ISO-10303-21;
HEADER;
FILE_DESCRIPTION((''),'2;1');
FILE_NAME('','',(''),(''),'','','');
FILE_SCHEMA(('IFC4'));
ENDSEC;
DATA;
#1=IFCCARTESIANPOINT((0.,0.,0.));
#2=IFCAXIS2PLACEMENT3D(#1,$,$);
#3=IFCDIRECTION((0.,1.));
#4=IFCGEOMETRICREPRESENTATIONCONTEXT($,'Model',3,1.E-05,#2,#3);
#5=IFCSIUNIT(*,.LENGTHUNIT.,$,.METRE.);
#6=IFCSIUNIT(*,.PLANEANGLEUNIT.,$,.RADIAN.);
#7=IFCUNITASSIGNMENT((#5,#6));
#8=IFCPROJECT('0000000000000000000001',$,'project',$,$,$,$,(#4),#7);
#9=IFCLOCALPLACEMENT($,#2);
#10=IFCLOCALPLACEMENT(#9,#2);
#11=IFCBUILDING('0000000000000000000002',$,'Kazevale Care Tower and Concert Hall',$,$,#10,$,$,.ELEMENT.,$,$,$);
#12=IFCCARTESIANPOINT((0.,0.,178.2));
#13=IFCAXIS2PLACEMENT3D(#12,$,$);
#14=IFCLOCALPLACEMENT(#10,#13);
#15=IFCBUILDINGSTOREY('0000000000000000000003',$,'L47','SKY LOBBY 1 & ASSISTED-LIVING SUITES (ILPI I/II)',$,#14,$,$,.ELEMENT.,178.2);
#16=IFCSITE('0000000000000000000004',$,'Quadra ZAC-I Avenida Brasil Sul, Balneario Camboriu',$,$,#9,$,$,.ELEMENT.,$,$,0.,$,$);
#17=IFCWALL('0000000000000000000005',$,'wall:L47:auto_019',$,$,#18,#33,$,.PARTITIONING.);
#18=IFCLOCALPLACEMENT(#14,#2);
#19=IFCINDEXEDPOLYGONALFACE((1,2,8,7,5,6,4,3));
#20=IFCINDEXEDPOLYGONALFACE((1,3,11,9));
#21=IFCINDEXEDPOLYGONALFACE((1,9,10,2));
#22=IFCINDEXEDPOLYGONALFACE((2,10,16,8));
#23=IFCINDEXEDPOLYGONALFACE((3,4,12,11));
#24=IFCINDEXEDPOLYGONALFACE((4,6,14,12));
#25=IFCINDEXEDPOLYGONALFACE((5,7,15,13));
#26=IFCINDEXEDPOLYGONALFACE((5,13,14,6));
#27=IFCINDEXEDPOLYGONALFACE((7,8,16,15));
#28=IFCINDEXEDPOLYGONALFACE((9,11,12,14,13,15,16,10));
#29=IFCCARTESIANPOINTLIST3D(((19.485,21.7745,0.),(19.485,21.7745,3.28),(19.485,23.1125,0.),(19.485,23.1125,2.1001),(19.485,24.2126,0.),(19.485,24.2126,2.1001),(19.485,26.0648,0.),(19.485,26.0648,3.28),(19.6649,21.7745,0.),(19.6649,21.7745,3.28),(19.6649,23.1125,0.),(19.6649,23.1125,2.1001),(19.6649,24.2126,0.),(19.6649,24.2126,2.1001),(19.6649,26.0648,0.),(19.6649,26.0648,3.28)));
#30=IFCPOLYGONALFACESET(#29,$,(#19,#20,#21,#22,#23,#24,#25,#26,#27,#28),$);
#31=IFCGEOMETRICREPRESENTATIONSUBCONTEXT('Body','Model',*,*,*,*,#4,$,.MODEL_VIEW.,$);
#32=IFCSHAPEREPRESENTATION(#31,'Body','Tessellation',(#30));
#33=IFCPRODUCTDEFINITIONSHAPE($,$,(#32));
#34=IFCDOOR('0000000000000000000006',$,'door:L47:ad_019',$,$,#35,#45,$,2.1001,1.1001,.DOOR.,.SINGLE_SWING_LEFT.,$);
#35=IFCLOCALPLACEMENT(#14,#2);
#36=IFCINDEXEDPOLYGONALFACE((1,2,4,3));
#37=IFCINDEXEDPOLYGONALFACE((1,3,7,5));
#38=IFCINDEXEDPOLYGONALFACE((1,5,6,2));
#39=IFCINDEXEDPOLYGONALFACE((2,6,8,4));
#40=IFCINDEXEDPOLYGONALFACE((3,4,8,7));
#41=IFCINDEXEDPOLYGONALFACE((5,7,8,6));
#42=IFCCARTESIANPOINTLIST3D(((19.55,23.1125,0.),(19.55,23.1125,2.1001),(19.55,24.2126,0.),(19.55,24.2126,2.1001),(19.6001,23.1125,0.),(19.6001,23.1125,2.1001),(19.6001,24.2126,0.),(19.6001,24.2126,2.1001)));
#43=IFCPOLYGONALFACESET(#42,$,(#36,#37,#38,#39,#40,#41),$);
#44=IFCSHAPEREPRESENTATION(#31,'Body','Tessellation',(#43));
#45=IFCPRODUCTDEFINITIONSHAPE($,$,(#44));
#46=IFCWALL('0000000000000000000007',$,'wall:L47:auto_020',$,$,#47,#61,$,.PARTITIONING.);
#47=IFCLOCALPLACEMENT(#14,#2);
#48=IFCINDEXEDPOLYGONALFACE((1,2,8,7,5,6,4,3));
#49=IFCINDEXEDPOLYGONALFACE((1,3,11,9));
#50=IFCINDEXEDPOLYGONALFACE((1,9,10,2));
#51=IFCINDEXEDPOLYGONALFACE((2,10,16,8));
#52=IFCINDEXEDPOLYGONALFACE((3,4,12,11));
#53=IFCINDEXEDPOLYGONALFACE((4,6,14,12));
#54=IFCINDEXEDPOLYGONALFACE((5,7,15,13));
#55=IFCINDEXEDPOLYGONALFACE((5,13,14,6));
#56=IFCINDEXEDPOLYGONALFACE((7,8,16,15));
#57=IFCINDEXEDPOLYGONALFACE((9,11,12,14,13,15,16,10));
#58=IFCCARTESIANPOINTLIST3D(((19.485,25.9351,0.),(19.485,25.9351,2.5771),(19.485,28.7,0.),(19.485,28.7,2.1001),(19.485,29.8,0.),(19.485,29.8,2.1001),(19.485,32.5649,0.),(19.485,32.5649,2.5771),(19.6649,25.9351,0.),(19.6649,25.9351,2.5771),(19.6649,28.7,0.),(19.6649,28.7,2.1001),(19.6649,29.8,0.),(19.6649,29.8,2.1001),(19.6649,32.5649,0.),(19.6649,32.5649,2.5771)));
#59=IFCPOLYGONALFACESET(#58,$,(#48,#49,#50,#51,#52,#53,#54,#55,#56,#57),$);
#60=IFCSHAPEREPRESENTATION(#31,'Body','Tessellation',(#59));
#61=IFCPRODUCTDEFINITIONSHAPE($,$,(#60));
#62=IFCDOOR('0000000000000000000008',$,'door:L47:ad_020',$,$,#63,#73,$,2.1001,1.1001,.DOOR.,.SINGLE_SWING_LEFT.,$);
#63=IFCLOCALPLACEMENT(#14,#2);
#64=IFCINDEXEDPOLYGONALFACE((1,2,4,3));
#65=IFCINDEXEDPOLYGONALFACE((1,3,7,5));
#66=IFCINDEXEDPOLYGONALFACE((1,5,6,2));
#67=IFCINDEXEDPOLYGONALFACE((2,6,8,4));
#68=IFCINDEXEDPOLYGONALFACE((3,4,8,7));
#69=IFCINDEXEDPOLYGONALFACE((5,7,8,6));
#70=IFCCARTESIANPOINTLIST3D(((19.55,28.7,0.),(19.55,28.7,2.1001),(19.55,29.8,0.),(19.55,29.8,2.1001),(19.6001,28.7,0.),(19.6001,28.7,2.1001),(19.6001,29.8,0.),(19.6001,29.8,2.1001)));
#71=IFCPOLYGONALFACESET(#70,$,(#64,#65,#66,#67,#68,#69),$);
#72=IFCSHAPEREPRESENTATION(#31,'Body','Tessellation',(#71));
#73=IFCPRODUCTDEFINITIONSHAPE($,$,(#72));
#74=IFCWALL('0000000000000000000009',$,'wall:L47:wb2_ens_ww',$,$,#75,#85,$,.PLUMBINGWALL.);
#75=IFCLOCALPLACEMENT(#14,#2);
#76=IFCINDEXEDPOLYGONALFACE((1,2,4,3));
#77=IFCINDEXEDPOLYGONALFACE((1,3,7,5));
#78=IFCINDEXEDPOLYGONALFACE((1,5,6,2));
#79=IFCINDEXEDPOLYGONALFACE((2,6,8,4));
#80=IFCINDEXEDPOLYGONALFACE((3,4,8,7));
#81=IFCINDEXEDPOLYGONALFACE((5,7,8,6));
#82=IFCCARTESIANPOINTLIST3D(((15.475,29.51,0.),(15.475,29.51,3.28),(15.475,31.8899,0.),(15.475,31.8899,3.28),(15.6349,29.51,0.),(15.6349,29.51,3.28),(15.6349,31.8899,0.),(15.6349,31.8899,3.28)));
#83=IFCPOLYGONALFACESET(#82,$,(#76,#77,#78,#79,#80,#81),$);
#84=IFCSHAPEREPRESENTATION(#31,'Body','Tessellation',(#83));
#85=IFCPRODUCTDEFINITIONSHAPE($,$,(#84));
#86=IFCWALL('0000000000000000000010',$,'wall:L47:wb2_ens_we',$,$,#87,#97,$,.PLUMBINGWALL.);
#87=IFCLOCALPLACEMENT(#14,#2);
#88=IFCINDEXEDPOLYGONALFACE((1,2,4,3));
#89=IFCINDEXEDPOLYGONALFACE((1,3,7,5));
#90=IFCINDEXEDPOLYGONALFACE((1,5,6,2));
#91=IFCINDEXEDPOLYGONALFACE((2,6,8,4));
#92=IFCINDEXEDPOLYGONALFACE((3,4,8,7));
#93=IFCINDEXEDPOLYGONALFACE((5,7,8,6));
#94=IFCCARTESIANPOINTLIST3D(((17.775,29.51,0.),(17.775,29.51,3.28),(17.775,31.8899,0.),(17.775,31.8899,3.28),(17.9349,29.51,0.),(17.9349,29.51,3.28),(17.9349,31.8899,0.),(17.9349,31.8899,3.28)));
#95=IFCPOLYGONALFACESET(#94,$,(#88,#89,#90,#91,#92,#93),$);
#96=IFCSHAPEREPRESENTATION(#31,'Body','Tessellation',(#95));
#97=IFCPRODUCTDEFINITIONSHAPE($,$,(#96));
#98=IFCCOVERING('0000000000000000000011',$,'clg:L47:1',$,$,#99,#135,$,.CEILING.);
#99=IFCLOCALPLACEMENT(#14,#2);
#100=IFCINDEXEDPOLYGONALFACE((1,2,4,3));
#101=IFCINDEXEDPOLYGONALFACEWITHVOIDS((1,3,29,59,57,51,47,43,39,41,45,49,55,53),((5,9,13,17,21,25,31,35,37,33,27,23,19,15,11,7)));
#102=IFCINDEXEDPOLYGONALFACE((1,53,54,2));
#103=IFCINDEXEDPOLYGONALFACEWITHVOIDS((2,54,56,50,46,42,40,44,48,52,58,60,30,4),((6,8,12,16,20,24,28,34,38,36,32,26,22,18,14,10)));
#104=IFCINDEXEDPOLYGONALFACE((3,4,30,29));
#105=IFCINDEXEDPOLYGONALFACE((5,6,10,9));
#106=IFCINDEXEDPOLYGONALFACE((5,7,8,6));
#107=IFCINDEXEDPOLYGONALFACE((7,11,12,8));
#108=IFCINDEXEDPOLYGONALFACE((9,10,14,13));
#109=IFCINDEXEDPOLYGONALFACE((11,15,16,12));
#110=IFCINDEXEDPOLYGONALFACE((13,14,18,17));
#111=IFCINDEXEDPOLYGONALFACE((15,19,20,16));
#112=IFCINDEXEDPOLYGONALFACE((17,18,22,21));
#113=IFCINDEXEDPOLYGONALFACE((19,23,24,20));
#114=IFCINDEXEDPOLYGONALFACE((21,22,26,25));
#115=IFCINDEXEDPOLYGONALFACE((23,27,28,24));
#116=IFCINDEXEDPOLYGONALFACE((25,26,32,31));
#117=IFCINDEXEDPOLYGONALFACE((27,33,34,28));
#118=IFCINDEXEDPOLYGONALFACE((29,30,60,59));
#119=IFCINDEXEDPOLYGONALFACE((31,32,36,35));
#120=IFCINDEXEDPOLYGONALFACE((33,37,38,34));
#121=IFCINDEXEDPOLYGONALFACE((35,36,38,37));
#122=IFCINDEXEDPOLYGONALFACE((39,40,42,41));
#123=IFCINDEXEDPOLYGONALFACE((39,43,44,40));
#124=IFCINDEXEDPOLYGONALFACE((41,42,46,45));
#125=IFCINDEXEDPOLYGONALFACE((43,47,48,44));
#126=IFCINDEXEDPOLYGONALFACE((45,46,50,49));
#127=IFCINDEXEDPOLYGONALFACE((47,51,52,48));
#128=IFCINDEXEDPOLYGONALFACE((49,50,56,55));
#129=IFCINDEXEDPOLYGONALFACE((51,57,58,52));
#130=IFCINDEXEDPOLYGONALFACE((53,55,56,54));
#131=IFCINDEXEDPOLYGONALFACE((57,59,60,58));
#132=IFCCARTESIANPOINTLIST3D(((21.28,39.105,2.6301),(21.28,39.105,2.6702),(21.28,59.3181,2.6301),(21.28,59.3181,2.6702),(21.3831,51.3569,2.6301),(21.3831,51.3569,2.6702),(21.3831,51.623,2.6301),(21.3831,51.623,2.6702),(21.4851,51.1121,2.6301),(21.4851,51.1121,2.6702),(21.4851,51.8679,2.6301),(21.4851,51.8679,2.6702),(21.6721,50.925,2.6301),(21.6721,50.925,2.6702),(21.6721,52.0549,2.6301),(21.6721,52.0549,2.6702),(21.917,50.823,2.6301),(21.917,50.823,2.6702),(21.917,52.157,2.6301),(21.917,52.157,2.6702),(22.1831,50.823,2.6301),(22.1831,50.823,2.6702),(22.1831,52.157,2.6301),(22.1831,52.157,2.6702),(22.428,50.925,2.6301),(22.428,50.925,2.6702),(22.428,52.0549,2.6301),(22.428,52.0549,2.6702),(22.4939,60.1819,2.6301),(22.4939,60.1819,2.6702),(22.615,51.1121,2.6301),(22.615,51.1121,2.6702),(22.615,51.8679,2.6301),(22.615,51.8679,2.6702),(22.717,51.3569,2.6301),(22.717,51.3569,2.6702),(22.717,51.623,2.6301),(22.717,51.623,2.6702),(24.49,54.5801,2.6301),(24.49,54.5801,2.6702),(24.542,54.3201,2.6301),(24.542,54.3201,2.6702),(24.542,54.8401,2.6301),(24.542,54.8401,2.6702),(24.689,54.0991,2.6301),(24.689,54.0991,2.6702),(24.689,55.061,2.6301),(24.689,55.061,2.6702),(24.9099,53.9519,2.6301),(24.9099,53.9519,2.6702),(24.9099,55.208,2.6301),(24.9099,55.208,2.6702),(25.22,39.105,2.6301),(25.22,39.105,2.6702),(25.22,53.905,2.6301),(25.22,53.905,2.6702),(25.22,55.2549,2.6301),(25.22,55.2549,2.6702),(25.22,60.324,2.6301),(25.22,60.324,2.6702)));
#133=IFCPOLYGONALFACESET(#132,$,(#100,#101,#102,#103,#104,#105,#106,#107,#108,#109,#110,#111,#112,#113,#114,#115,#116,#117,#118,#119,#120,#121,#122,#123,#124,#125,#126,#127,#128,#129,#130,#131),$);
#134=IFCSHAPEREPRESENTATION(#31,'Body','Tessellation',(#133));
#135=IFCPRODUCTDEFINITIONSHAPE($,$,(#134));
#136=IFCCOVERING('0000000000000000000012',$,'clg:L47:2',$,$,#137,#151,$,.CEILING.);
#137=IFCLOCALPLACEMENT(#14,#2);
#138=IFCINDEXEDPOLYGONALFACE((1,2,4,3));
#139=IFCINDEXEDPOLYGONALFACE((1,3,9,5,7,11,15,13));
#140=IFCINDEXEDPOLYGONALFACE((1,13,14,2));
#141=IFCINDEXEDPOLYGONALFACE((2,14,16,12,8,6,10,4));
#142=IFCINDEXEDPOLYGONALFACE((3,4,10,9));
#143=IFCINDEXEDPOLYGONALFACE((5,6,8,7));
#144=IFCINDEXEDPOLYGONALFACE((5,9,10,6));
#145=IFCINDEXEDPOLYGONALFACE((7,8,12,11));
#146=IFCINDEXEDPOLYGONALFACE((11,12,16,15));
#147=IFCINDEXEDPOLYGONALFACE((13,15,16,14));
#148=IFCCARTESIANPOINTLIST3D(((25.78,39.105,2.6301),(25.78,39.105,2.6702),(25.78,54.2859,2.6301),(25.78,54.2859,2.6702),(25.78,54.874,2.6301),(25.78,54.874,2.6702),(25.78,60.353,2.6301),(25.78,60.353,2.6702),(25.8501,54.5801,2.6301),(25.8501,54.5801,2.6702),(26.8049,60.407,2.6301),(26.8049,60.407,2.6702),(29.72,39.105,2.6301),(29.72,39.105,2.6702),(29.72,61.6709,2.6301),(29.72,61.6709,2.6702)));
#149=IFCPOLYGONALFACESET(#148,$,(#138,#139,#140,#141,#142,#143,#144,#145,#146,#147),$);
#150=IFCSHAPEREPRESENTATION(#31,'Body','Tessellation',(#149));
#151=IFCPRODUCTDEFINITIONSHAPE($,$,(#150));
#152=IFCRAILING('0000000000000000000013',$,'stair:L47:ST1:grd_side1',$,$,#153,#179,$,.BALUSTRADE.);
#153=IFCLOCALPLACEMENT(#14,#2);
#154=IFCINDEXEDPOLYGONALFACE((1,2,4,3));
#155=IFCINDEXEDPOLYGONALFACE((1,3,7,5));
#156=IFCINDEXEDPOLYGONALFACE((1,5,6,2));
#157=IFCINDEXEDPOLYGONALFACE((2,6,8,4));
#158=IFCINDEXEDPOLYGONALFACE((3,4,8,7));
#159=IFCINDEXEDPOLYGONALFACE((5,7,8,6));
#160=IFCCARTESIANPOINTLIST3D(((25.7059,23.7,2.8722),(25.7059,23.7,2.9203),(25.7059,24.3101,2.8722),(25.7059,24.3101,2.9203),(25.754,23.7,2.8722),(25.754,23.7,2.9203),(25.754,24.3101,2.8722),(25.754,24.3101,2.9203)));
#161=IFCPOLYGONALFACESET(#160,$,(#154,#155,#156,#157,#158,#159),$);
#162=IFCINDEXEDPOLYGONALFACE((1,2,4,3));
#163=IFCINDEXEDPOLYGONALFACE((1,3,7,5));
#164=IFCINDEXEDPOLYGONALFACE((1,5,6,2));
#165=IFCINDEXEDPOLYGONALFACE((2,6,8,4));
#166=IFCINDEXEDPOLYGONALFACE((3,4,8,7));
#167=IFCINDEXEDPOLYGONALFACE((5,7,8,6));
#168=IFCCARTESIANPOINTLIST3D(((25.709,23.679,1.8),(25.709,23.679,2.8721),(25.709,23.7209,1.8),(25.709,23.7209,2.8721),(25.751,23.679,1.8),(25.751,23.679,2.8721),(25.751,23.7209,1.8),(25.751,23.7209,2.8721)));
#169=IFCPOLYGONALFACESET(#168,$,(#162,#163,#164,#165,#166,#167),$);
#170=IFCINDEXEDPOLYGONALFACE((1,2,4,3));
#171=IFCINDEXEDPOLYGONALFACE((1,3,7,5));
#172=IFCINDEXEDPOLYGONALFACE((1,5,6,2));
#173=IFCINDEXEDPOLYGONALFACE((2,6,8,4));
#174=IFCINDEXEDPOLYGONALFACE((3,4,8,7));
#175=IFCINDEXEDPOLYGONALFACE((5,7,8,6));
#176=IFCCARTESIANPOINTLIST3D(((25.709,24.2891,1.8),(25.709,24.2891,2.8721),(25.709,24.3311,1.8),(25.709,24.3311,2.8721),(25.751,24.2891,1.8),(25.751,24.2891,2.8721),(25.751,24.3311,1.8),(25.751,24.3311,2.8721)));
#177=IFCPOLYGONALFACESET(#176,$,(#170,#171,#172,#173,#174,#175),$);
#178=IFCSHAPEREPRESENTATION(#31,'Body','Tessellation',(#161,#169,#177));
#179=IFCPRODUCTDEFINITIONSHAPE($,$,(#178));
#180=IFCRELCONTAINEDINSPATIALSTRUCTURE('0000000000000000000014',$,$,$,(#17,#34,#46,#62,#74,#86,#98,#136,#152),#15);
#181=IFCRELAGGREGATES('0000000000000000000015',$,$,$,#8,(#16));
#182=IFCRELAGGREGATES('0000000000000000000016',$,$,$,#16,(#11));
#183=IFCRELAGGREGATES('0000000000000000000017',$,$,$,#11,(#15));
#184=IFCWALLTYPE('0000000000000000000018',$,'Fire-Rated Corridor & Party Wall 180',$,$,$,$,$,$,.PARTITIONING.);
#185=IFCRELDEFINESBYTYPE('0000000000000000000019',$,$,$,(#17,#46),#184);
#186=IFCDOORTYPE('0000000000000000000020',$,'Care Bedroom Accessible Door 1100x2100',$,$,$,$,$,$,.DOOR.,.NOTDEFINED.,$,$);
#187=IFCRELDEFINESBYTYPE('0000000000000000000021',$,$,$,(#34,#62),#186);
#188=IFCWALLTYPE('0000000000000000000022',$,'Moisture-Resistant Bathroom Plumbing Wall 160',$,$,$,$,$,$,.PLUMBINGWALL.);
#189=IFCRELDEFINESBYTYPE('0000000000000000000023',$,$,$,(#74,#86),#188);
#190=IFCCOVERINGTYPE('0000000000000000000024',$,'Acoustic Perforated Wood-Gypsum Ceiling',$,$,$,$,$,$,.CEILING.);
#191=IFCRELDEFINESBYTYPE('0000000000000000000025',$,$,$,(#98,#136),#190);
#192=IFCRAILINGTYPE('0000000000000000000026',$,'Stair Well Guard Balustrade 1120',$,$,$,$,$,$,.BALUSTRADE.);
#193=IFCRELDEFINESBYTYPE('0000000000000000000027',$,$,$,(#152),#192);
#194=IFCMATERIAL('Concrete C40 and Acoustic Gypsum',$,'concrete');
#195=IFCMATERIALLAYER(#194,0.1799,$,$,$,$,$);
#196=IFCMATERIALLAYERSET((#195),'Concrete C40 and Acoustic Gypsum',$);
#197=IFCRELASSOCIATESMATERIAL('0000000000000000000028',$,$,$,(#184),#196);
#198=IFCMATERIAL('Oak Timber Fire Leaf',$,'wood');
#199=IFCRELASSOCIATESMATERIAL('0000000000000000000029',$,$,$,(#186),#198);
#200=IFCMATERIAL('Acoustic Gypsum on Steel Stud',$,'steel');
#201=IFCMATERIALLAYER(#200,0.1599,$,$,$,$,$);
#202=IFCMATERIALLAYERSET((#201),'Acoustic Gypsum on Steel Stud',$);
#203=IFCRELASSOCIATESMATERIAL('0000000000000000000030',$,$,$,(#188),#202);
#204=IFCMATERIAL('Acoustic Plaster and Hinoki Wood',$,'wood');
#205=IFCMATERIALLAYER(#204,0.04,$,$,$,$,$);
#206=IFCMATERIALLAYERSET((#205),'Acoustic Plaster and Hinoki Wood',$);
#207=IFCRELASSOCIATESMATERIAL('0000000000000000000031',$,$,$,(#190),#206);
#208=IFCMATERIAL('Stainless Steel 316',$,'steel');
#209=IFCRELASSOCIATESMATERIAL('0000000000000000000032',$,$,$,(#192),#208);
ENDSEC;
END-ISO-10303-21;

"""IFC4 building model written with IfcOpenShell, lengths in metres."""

from ifc_helpers import new_model, si_unit, direction, frame, frame_2d, origin, origin_2d, place, context, subcontext, project, spatial, polyline, rectangle, outline, extrude, material, layer, layer_set, type_object, element, fill, save


model = new_model("IFC4")

# Units and contexts
model_context = context("Model", 3, precision=1e-05, world=origin(), true_north=direction((0.0, 1.0)))
body_context = subcontext(model_context, "Body", "Model", "MODEL_VIEW")
ifc_project = project(units=[si_unit("LENGTHUNIT", "METRE"), si_unit("PLANEANGLEUNIT", "RADIAN")], contexts=[model_context])

# Site, building, storey
site_placement = place(None, origin())
site = spatial("IfcSite", under=ifc_project, at=site_placement, Name="Quadra ZAC-I Avenida Brasil Sul, Balneario Camboriu", CompositionType="ELEMENT", RefElevation=0.0)
building_placement = place(site_placement, origin())
building = spatial("IfcBuilding", under=site, at=building_placement, Name="Kazevale Care Tower and Concert Hall", CompositionType="ELEMENT")
storey_placement = place(building_placement, frame((0.0, 0.0, 178.2)))
storey = spatial("IfcBuildingStorey", under=building, at=storey_placement, Name="L47", Description="SKY LOBBY 1 & ASSISTED-LIVING SUITES (ILPI I/II)", CompositionType="ELEMENT", Elevation=178.2)

# Shared definitions
ifc_material_1 = material(Name="Acoustic Gypsum on Steel Stud", Category="steel")

# Walls, openings, doors
ifc_material_2 = material(Name="Concrete C40 and Acoustic Gypsum", Category="concrete")
ifc_layer_1 = layer(ifc_material_2, 0.1799)
ifc_layer_set_1 = layer_set([ifc_layer_1], Name="Concrete C40 and Acoustic Gypsum")
wall_type_1 = type_object("IfcWallType", Name="Fire-Rated Corridor & Party Wall 180", PredefinedType="PARTITIONING", material=ifc_layer_set_1)
wall_1_placement = place(storey_placement, frame((19.575, 21.7747, 0.0), z_axis=(0.0, 0.0, 1.0), x_axis=(0.0, 1.0, 0.0)))
wall_1 = element("IfcWall", 1, at=wall_1_placement, inside=storey, type_object=wall_type_1, Name="wall:L47:auto_019", PredefinedType="PARTITIONING", context=body_context, shape_type="SweptSolid", body=[
    extrude(rectangle(XDim=4.2903, YDim=0.1799, at=frame_2d((2.145, 0.0))), origin(), (0.0, 0.0, 1.0), 3.28),
])
opening_1_placement = place(wall_1_placement, frame((1.3379, 0.0, 0.0)))
opening_1 = element("IfcOpeningElement", 2, at=opening_1_placement, cuts=wall_1, PredefinedType="OPENING", context=body_context, shape_type="SweptSolid", body=[
    extrude(rectangle(XDim=1.1001, YDim=2.1001, at=frame_2d((0.55, 1.05))), frame((0.0, 0.0999, 0.0), z_axis=(0.0, -1.0, 0.0), x_axis=(1.0, 0.0, 0.0)), (0.0, 0.0, 1.0), 0.2),
])
ifc_material_3 = material(Name="Oak Timber Fire Leaf", Category="wood")
door_type = type_object("IfcDoorType", Name="Care Bedroom Accessible Door 1100x2100", OperationType="NOTDEFINED", PredefinedType="DOOR", material=ifc_material_3)
door_1_placement = place(opening_1_placement, origin())
door_1 = element("IfcDoor", 3, at=door_1_placement, inside=storey, type_object=door_type, Name="door:L47:ad_019", OperationType="SINGLE_SWING_LEFT", OverallHeight=2.1001, OverallWidth=1.1001, PredefinedType="DOOR", context=body_context, shape_type="SweptSolid", body=[
    extrude(rectangle(XDim=1.1001, YDim=2.1001, at=frame_2d((0.55, 1.05))), frame((0.0, 0.0249, 0.0), z_axis=(0.0, -1.0, 0.0), x_axis=(1.0, 0.0, 0.0)), (0.0, 0.0, 1.0), 0.05),
])
fill(opening_1, door_1)
wall_2_placement = place(storey_placement, frame((19.575, 25.9351, 0.0), z_axis=(0.0, 0.0, 1.0), x_axis=(0.0, 1.0, 0.0)))
wall_2 = element("IfcWall", 4, at=wall_2_placement, inside=storey, type_object=wall_type_1, Name="wall:L47:auto_020", PredefinedType="PARTITIONING", context=body_context, shape_type="SweptSolid", body=[
    extrude(rectangle(XDim=6.6299, YDim=0.1799, at=frame_2d((3.3149, 0.0))), origin(), (0.0, 0.0, 1.0), 2.5771),
])
opening_2_placement = place(wall_2_placement, frame((2.7649, 0.0, 0.0)))
opening_2 = element("IfcOpeningElement", 5, at=opening_2_placement, cuts=wall_2, PredefinedType="OPENING", context=body_context, shape_type="SweptSolid", body=[
    extrude(rectangle(XDim=1.1001, YDim=2.1001, at=frame_2d((0.55, 1.05))), frame((0.0, 0.0999, 0.0), z_axis=(0.0, -1.0, 0.0), x_axis=(1.0, 0.0, 0.0)), (0.0, 0.0, 1.0), 0.2),
])
door_2_placement = place(opening_2_placement, origin())
door_2 = element("IfcDoor", 6, at=door_2_placement, inside=storey, type_object=door_type, Name="door:L47:ad_020", OperationType="SINGLE_SWING_LEFT", OverallHeight=2.1001, OverallWidth=1.1001, PredefinedType="DOOR", context=body_context, shape_type="SweptSolid", body=[
    extrude(rectangle(XDim=1.1001, YDim=2.1001, at=frame_2d((0.55, 1.05))), frame((0.0, 0.0249, 0.0), z_axis=(0.0, -1.0, 0.0), x_axis=(1.0, 0.0, 0.0)), (0.0, 0.0, 1.0), 0.05),
])
fill(opening_2, door_2)

# Walls
ifc_layer_2 = layer(ifc_material_1, 0.1599)
ifc_layer_set_2 = layer_set([ifc_layer_2], Name="Acoustic Gypsum on Steel Stud")
wall_type_2 = type_object("IfcWallType", Name="Moisture-Resistant Bathroom Plumbing Wall 160", PredefinedType="PLUMBINGWALL", material=ifc_layer_set_2)
for number, where, z_axis, x_axis, name in (
    (7, (15.5549, 29.51, 0.0), (0.0, 0.0, 1.0), (0.0, 1.0, 0.0), "wall:L47:wb2_ens_ww"),
    (8, (17.855, 29.51, 0.0), (0.0, 0.0, 1.0), (0.0, 1.0, 0.0), "wall:L47:wb2_ens_we"),
):
    element("IfcWall", number, at=place(storey_placement, frame(where, z_axis=z_axis, x_axis=x_axis)), inside=storey, type_object=wall_type_2, Name=name, PredefinedType="PLUMBINGWALL", context=body_context, shape_type="SweptSolid", body=[
        extrude(rectangle(XDim=2.3799, YDim=0.1599, at=frame_2d((1.1899, 0.0))), origin(), (0.0, 0.0, 1.0), 3.28),
    ])

# Coverings
ifc_material_4 = material(Name="Acoustic Plaster and Hinoki Wood", Category="wood")
ifc_layer_3 = layer(ifc_material_4, 0.04)
ifc_layer_set_3 = layer_set([ifc_layer_3], Name="Acoustic Plaster and Hinoki Wood")
covering_type = type_object("IfcCoveringType", Name="Acoustic Perforated Wood-Gypsum Ceiling", PredefinedType="CEILING", material=ifc_layer_set_3)
covering_1_placement = place(storey_placement, frame((0.0, 0.0, 2.6301)))
element("IfcCovering", 9, at=covering_1_placement, inside=storey, type_object=covering_type, Name="clg:L47:1", PredefinedType="CEILING", context=body_context, shape_type="SweptSolid", body=[
    extrude(outline(polyline([(25.22, 55.2549), (24.9099, 55.208), (24.689, 55.061), (24.542, 54.8401), (24.49, 54.5801), (24.542, 54.3201), (24.689, 54.0991), (24.9099, 53.9519), (25.22, 53.905), (25.22, 39.105), (21.28, 39.105), (21.28, 59.3181), (22.4939, 60.1819), (25.22, 60.324), (25.22, 55.2549)]), holes=[polyline([(22.717, 51.623), (22.615, 51.8679), (22.428, 52.0549), (22.1831, 52.157), (21.917, 52.157), (21.6721, 52.0549), (21.4851, 51.8679), (21.3831, 51.623), (21.3831, 51.3569), (21.4851, 51.1121), (21.6721, 50.925), (21.917, 50.823), (22.1831, 50.823), (22.428, 50.925), (22.615, 51.1121), (22.717, 51.3569), (22.717, 51.623)])]), origin(), (0.0, 0.0, 1.0), 0.04),
])
covering_2_placement = place(storey_placement, frame((0.0, 0.0, 2.6301)))
element("IfcCovering", 10, at=covering_2_placement, inside=storey, type_object=covering_type, Name="clg:L47:2", PredefinedType="CEILING", context=body_context, shape_type="SweptSolid", body=[
    extrude(outline(polyline([(25.78, 39.105), (25.78, 54.2859), (25.8501, 54.5801), (25.78, 54.874), (25.78, 60.353), (26.8049, 60.407), (29.72, 61.6709), (29.72, 39.105), (25.78, 39.105)])), origin(), (0.0, 0.0, 1.0), 0.04),
])

# Railing
ifc_material_5 = material(Name="Stainless Steel 316", Category="steel")
railing_type = type_object("IfcRailingType", Name="Stair Well Guard Balustrade 1120", PredefinedType="BALUSTRADE", material=ifc_material_5)
railing_placement = place(storey_placement, frame((25.73, 23.7, 1.8)))
element("IfcRailing", 11, at=railing_placement, inside=storey, type_object=railing_type, Name="stair:L47:ST1:grd_side1", PredefinedType="BALUSTRADE", context=body_context, shape_type="SweptSolid", body=[
    extrude(rectangle(XDim=0.0481, YDim=0.0481, at=origin_2d()), frame((0.0, 0.0, 1.0962), z_axis=(0.0, 1.0, 0.0), x_axis=(-1.0, 0.0, 0.0)), (0.0, 0.0, 1.0), 0.6101),
    extrude(rectangle(XDim=0.042, YDim=0.042, at=origin_2d()), origin(), (0.0, 0.0, 1.0), 1.072),
    extrude(rectangle(XDim=0.042, YDim=0.042, at=origin_2d()), frame((0.0, 0.6101, 0.0)), (0.0, 0.0, 1.0), 1.072),
])

save(model, "model.ifc")
